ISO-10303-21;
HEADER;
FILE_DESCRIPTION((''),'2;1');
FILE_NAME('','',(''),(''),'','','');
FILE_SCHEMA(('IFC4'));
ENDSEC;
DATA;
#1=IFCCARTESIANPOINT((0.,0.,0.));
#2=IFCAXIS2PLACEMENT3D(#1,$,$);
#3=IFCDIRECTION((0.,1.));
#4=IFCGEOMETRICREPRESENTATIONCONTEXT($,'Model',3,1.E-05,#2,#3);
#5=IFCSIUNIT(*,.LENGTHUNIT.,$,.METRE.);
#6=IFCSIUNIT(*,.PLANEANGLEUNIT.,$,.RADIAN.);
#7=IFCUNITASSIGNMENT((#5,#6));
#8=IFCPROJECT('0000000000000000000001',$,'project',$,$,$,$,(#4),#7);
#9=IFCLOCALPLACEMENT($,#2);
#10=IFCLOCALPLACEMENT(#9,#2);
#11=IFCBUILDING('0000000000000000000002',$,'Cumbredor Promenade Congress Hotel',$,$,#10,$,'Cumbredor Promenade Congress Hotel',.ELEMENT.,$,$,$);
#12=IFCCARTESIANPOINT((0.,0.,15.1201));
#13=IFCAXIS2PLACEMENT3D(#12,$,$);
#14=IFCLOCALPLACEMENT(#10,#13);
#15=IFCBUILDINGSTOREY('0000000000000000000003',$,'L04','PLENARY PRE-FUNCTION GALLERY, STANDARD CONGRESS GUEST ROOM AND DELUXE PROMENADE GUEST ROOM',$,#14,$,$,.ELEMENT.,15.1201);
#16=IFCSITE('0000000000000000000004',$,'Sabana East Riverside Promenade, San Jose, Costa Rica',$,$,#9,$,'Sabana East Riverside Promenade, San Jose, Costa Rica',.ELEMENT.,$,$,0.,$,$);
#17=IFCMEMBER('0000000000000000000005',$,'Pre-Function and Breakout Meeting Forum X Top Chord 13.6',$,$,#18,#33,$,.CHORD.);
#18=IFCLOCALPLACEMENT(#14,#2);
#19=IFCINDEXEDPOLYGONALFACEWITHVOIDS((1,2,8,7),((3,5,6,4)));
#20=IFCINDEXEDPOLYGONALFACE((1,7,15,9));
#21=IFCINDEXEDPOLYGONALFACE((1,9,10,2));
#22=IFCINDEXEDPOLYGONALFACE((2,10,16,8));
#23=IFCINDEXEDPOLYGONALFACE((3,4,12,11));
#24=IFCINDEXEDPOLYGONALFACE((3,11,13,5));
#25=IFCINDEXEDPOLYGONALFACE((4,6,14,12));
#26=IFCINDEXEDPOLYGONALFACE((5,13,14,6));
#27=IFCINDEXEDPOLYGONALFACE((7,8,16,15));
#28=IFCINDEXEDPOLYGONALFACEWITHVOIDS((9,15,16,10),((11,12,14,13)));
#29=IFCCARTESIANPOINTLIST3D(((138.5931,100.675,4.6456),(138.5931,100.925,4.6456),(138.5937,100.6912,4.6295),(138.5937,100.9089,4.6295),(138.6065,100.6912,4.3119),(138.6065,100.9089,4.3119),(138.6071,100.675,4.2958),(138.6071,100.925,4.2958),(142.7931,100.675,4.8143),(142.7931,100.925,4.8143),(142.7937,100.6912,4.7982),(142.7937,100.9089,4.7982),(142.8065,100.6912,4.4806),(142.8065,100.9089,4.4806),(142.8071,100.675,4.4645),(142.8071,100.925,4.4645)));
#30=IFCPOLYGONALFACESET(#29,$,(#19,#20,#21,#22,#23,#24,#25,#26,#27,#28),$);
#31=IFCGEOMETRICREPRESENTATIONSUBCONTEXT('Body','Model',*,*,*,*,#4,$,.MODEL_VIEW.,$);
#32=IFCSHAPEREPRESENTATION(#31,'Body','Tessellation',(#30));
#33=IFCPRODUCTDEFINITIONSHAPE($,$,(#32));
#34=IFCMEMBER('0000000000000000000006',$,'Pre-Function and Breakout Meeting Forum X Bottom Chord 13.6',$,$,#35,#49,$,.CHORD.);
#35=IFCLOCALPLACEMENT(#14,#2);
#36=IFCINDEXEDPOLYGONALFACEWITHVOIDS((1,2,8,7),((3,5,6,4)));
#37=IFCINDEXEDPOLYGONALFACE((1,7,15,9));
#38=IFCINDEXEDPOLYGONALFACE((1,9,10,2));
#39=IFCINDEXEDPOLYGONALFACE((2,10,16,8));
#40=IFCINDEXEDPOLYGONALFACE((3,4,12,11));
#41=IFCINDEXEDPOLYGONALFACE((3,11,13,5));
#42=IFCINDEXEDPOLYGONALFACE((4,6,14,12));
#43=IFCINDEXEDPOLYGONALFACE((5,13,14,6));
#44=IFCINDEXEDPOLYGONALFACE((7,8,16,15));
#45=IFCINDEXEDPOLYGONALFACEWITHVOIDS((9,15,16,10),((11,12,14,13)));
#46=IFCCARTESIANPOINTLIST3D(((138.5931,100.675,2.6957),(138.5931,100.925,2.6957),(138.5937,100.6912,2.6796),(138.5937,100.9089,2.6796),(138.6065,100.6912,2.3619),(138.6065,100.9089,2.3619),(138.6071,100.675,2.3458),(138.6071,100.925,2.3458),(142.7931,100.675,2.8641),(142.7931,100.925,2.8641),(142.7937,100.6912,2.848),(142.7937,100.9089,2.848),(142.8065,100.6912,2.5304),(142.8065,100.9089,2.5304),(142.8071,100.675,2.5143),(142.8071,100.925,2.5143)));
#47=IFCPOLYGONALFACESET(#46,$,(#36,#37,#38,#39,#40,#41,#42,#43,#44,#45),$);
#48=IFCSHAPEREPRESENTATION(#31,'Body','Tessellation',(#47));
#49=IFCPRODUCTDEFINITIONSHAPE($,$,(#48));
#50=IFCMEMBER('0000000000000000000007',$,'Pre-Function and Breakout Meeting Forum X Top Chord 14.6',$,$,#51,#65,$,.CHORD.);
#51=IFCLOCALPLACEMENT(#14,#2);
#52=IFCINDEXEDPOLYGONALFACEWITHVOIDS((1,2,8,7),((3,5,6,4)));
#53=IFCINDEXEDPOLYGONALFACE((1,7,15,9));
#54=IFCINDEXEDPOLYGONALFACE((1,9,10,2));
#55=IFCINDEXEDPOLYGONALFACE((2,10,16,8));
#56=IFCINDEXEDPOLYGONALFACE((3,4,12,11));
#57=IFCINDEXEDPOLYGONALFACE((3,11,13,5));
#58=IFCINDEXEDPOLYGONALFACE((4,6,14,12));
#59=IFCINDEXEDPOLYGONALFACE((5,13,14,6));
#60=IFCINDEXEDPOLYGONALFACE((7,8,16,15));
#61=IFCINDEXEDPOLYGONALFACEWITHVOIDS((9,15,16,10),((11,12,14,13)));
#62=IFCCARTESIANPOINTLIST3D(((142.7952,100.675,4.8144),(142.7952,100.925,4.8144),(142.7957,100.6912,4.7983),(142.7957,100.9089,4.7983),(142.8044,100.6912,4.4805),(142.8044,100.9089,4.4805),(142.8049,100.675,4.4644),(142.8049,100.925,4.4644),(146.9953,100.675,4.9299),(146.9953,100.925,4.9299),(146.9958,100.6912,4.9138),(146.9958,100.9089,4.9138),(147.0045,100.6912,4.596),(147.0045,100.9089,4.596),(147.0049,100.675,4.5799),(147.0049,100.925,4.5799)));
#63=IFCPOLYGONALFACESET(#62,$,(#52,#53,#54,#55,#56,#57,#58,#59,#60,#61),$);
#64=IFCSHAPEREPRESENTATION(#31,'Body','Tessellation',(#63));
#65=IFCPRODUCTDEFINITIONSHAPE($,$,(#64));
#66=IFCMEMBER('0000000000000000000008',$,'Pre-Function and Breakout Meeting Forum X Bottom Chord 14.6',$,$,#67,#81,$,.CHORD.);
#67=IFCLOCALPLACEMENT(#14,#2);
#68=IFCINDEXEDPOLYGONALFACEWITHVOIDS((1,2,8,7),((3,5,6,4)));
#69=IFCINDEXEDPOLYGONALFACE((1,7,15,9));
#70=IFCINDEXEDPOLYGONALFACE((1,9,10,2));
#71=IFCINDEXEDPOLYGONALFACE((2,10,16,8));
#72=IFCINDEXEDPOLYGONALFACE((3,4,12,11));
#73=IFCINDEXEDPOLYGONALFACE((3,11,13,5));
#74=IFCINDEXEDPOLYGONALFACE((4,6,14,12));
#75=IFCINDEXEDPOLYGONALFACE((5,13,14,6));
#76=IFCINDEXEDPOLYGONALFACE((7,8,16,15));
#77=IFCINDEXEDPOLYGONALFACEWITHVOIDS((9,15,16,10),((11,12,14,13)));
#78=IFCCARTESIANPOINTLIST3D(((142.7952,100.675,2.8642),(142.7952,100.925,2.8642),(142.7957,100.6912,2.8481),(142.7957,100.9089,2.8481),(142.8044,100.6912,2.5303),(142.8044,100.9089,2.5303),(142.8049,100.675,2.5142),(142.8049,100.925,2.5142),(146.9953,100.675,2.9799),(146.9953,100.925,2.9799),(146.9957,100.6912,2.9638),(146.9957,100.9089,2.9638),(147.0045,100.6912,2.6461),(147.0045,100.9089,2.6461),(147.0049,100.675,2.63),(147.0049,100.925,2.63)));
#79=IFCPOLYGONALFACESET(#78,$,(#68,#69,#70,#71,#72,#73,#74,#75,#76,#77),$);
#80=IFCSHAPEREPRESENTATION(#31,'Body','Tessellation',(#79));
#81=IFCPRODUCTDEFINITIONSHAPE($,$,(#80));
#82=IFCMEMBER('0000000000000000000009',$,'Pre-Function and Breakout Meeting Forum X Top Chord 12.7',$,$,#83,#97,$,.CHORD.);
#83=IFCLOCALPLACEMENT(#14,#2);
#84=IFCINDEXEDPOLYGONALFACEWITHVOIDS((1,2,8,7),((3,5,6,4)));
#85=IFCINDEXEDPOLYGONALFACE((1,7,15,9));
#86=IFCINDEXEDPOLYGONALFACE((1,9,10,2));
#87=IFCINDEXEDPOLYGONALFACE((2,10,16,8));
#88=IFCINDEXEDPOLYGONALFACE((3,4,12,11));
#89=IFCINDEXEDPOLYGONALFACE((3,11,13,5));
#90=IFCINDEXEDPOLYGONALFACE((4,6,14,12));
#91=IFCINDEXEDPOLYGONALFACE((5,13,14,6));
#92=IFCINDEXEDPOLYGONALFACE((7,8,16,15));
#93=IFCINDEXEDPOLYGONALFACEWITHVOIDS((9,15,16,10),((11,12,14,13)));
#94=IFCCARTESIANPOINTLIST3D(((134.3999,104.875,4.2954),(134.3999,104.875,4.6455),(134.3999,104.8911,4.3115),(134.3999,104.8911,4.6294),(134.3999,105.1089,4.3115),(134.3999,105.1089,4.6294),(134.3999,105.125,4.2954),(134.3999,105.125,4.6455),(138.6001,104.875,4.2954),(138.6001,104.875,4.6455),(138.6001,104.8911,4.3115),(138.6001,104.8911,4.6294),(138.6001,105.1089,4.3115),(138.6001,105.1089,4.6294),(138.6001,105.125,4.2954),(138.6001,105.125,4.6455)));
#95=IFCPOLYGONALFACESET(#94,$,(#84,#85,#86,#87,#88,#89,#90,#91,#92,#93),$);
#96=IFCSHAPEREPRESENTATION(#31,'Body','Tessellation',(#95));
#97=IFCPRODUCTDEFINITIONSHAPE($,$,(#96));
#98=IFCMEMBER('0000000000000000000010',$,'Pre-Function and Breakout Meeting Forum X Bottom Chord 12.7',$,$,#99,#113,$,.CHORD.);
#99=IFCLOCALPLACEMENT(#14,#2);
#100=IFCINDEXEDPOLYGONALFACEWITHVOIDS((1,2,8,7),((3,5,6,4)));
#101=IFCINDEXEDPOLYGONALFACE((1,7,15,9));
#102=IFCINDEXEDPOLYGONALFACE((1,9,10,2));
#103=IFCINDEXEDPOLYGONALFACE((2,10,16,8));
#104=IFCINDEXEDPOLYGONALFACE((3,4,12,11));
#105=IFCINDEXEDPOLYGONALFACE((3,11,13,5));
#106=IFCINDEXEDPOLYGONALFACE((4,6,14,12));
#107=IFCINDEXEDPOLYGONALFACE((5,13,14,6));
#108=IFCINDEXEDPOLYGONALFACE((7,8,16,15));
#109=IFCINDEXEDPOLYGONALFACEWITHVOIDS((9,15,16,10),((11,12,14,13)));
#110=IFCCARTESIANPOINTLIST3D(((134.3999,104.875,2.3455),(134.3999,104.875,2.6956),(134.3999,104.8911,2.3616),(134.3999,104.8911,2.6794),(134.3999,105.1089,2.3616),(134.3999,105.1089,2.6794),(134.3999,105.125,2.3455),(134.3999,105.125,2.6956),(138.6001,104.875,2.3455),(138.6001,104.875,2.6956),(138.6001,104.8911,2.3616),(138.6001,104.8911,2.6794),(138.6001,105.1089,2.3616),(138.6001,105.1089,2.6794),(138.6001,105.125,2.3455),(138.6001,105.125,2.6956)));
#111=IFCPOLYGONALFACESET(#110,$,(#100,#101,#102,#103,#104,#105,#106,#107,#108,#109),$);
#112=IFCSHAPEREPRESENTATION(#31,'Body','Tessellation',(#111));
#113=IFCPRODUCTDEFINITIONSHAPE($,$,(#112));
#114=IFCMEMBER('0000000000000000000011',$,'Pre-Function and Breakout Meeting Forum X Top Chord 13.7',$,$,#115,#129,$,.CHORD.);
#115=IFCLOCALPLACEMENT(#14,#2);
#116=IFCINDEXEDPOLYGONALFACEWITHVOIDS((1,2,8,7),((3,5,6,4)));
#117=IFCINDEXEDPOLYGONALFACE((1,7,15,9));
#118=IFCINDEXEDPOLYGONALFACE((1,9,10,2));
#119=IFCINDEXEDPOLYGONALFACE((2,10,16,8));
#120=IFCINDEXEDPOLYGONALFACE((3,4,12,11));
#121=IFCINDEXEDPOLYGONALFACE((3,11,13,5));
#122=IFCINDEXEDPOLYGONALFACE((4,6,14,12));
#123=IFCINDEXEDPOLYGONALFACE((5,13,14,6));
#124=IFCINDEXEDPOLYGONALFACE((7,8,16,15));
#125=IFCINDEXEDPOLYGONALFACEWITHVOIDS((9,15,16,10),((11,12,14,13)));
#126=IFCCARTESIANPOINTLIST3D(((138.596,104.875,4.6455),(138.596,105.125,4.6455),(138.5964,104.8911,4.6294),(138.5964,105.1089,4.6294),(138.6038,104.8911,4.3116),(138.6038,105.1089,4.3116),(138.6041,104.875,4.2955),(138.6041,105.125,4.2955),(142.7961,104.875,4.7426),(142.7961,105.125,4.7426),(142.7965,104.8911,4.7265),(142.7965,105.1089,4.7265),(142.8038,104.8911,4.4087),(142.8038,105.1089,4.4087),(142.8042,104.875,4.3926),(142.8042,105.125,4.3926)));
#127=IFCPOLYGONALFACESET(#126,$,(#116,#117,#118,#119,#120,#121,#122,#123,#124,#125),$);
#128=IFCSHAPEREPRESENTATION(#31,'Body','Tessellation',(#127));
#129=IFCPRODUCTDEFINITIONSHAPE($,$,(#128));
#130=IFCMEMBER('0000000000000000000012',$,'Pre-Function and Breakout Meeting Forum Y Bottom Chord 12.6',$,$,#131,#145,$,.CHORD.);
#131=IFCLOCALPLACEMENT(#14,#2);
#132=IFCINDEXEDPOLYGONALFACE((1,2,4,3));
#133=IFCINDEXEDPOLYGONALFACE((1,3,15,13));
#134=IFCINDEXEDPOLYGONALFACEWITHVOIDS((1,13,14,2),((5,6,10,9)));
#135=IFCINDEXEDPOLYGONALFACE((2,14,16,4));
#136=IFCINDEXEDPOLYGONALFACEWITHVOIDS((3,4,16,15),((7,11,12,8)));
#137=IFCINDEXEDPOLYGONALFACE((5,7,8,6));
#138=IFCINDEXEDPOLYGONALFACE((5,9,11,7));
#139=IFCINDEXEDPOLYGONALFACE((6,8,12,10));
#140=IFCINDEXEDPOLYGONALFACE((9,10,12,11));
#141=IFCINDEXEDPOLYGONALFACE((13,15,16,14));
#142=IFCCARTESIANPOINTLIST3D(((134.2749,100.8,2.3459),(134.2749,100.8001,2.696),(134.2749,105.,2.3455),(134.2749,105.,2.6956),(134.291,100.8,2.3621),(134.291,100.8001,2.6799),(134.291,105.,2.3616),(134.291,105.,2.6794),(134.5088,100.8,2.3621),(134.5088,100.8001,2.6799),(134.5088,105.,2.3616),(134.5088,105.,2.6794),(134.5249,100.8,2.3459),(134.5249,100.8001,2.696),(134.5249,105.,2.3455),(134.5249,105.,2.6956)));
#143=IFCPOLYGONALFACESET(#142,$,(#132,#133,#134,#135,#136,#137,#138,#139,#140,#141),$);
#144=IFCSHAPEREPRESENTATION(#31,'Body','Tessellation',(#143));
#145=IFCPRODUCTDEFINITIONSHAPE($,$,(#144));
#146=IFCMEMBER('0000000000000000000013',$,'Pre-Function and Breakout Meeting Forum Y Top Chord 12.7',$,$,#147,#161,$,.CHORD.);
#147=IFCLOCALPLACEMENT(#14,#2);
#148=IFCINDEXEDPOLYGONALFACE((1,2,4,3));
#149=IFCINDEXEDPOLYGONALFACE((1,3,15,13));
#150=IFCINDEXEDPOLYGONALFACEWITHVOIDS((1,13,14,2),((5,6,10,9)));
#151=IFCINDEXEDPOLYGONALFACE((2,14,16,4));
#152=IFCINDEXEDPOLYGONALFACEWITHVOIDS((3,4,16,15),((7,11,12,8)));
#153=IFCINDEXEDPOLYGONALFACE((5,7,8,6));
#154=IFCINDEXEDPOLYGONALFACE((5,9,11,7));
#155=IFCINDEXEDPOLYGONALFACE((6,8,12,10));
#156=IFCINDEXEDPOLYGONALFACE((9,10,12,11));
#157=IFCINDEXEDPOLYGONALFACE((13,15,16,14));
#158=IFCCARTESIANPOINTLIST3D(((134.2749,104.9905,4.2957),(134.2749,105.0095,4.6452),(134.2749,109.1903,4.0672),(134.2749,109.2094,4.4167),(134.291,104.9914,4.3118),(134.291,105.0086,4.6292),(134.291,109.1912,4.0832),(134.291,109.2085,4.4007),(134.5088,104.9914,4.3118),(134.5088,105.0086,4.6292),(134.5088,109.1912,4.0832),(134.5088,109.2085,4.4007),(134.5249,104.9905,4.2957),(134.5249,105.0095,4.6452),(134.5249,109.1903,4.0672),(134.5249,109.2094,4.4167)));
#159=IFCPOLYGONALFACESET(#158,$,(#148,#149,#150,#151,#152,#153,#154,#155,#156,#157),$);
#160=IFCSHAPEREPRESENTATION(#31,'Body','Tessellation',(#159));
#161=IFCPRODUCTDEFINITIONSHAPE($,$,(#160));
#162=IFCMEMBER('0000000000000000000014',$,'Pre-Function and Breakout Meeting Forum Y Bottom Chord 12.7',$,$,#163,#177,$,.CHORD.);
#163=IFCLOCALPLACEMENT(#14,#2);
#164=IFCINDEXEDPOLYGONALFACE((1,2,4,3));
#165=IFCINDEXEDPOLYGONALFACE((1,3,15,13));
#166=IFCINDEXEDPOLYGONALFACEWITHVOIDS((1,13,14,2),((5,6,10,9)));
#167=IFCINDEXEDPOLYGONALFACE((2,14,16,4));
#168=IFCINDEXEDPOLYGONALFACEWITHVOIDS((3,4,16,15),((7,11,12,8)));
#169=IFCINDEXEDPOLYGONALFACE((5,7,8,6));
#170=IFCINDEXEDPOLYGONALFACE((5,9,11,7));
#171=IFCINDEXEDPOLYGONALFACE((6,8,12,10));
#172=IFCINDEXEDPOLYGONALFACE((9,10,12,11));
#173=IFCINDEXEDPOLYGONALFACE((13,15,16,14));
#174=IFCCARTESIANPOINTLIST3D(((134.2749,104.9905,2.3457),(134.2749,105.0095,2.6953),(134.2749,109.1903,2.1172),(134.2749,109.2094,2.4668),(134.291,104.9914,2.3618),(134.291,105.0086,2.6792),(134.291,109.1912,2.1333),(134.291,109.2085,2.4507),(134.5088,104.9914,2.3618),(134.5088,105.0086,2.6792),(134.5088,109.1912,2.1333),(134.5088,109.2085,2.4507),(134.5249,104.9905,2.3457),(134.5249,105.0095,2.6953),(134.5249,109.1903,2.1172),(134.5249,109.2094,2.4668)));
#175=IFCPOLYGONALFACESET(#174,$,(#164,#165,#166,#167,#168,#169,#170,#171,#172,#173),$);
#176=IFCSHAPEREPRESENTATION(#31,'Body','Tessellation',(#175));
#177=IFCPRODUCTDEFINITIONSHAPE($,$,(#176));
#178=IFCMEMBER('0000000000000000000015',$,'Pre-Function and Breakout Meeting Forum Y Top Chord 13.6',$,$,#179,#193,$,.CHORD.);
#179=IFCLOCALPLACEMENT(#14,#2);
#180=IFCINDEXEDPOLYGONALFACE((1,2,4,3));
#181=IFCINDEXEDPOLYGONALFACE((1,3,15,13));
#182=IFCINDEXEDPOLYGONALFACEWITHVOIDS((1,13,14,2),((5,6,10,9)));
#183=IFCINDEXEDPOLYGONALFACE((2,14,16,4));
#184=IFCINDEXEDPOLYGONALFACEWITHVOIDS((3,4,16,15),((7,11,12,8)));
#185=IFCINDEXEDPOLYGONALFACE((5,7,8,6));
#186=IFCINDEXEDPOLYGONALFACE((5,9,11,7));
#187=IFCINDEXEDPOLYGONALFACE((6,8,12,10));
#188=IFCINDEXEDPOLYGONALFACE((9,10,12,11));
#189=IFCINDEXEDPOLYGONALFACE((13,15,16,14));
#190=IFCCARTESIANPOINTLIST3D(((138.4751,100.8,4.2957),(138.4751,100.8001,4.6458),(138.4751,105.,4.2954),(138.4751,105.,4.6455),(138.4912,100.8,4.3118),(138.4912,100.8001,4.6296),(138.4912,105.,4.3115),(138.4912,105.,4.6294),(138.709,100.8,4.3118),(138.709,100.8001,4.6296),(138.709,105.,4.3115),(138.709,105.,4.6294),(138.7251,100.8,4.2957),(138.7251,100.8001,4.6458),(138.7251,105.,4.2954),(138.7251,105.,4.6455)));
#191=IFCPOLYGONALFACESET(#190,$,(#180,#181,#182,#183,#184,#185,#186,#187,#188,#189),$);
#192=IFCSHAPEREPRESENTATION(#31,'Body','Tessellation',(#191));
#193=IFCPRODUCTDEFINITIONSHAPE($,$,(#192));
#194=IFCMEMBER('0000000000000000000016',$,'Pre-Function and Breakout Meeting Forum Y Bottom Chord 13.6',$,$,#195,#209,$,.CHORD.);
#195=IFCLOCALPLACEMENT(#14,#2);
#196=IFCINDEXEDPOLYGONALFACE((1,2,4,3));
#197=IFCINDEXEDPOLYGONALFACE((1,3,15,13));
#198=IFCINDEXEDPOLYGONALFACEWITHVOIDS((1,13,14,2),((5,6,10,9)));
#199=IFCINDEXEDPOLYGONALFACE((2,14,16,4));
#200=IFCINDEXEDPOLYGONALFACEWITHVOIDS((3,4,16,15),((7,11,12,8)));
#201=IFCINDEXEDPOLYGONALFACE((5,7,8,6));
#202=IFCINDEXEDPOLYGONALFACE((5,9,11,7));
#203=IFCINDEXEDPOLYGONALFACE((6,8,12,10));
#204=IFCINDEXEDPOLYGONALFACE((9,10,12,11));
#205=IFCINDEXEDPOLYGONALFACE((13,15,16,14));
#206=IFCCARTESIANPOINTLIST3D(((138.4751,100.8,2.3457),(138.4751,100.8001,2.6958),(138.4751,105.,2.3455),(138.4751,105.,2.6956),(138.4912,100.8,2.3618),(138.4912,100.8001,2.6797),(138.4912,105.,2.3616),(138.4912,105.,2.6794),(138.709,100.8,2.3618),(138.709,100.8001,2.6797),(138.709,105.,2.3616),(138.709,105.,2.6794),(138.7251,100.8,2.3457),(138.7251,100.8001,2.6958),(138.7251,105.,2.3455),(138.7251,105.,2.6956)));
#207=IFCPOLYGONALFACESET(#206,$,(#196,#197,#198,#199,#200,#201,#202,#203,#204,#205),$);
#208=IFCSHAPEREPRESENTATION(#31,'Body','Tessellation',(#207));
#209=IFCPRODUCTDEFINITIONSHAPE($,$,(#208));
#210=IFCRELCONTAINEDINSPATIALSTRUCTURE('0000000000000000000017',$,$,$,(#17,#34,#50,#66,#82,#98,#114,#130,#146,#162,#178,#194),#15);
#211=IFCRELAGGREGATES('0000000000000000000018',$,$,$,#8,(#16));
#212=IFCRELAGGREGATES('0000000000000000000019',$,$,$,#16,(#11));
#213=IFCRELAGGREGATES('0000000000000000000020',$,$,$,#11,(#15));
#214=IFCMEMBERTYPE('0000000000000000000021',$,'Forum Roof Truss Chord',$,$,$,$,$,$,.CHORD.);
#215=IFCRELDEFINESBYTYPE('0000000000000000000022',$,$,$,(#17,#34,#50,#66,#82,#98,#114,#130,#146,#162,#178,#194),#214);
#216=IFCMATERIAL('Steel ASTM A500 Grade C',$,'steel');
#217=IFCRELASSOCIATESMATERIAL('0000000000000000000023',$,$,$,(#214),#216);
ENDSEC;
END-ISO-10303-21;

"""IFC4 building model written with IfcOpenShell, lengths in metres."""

from ifc_helpers import new_model, si_unit, direction, frame, origin, origin_2d, place, context, subcontext, project, spatial, hollow_rectangle, extrude, material, material_profile, profile_set, type_object, element, save


model = new_model("IFC4")

# Units and contexts
model_context = context("Model", 3, precision=1e-05, world=origin(), true_north=direction((0.0, 1.0)))
body_context = subcontext(model_context, "Body", "Model", "MODEL_VIEW")
ifc_project = project(units=[si_unit("LENGTHUNIT", "METRE"), si_unit("PLANEANGLEUNIT", "RADIAN")], contexts=[model_context])

# Site, building, storey
site_placement = place(None, origin())
site = spatial("IfcSite", under=ifc_project, at=site_placement, Name="Sabana East Riverside Promenade, San Jose, Costa Rica", LongName="Sabana East Riverside Promenade, San Jose, Costa Rica", CompositionType="ELEMENT", RefElevation=0.0)
building_placement = place(site_placement, origin())
building = spatial("IfcBuilding", under=site, at=building_placement, Name="Cumbredor Promenade Congress Hotel", LongName="Cumbredor Promenade Congress Hotel", CompositionType="ELEMENT")
storey_placement = place(building_placement, frame((0.0, 0.0, 15.1201)))
storey = spatial("IfcBuildingStorey", under=building, at=storey_placement, Name="L04", Description="PLENARY PRE-FUNCTION GALLERY, STANDARD CONGRESS GUEST ROOM AND DELUXE PROMENADE GUEST ROOM", CompositionType="ELEMENT", Elevation=15.1201)

# Members
ifc_material_1 = material(Name="Steel ASTM A500 Grade C", Category="steel")
ifc_material_profile_1 = material_profile(ifc_material_1, hollow_rectangle(XDim=0.25, YDim=0.3501, WallThickness=0.0161, at=origin_2d()), Name="HSS 350x250x16")
ifc_profile_set_1 = profile_set([ifc_material_profile_1], Name="Steel ASTM A500 Grade C")
member_type_1 = type_object("IfcMemberType", Name="Forum Roof Truss Chord", PredefinedType="CHORD", material=ifc_profile_set_1)
for number, where, z_axis, x_axis, name in (
    (1, (138.6001, 100.8, 4.4707), (0.999194, 0.0, 0.040135), (0.0, 1.0, 0.0), "Pre-Function and Breakout Meeting Forum X Top Chord 13.6"),
    (2, (138.6001, 100.8, 2.5208), (0.999197, 0.0, 0.040077), (0.0, 1.0, 0.0), "Pre-Function and Breakout Meeting Forum X Bottom Chord 13.6"),
):
    element("IfcMember", number, at=place(storey_placement, frame(where, z_axis=z_axis, x_axis=x_axis)), inside=storey, type_object=member_type_1, Name=name, PredefinedType="CHORD", context=body_context, shape_type="SweptSolid", body=[
        extrude(hollow_rectangle(XDim=0.25, YDim=0.3501, WallThickness=0.0161, at=origin_2d()), origin(), (0.0, 0.0, 1.0), 4.2034),
    ])
for number, where, z_axis, x_axis, name in (
    (3, (142.8, 100.8, 4.6394), (0.999622, 0.0, 0.027485), (0.0, 1.0, 0.0), "Pre-Function and Breakout Meeting Forum X Top Chord 14.6"),
    (4, (142.8, 100.8, 2.6892), (0.999621, 0.0, 0.027543), (0.0, 1.0, 0.0), "Pre-Function and Breakout Meeting Forum X Bottom Chord 14.6"),
):
    element("IfcMember", number, at=place(storey_placement, frame(where, z_axis=z_axis, x_axis=x_axis)), inside=storey, type_object=member_type_1, Name=name, PredefinedType="CHORD", context=body_context, shape_type="SweptSolid", body=[
        extrude(hollow_rectangle(XDim=0.25, YDim=0.3501, WallThickness=0.0161, at=origin_2d()), origin(), (0.0, 0.0, 1.0), 4.2017),
    ])
for number, where, z_axis, x_axis, name in (
    (5, (134.3999, 105.0, 4.4705), (1.0, 0.0, 0.0), (0.0, 1.0, 0.0), "Pre-Function and Breakout Meeting Forum X Top Chord 12.7"),
    (6, (134.3999, 105.0, 2.5205), (1.0, 0.0, 0.0), (0.0, 1.0, 0.0), "Pre-Function and Breakout Meeting Forum X Bottom Chord 12.7"),
):
    element("IfcMember", number, at=place(storey_placement, frame(where, z_axis=z_axis, x_axis=x_axis)), inside=storey, type_object=member_type_1, Name=name, PredefinedType="CHORD", context=body_context, shape_type="SweptSolid", body=[
        extrude(hollow_rectangle(XDim=0.25, YDim=0.3501, WallThickness=0.0161, at=origin_2d()), origin(), (0.0, 0.0, 1.0), 4.2002),
    ])
member_1_placement = place(storey_placement, frame((138.6001, 105.0, 4.4705), z_axis=(0.999732, 0.0, 0.023129), x_axis=(0.0, 1.0, 0.0)))
element("IfcMember", 7, at=member_1_placement, inside=storey, type_object=member_type_1, Name="Pre-Function and Breakout Meeting Forum X Top Chord 13.7", PredefinedType="CHORD", context=body_context, shape_type="SweptSolid", body=[
    extrude(hollow_rectangle(XDim=0.25, YDim=0.3501, WallThickness=0.0161, at=origin_2d()), origin(), (0.0, 0.0, 1.0), 4.2012),
])
member_2_placement = place(storey_placement, frame((134.3999, 100.8, 2.521), z_axis=(0.0, 1.0, -0.000116), x_axis=(-1.0, 0.0, 0.0)))
element("IfcMember", 8, at=member_2_placement, inside=storey, type_object=member_type_1, Name="Pre-Function and Breakout Meeting Forum Y Bottom Chord 12.6", PredefinedType="CHORD", context=body_context, shape_type="SweptSolid", body=[
    extrude(hollow_rectangle(XDim=0.25, YDim=0.3501, WallThickness=0.0161, at=origin_2d()), origin(), (0.0, 0.0, 1.0), 4.2),
])
for number, where, z_axis, x_axis, name in (
    (9, (134.3999, 105.0, 4.4705), (0.0, 0.998523, -0.054329), (-1.0, 0.0, 0.0), "Pre-Function and Breakout Meeting Forum Y Top Chord 12.7"),
    (10, (134.3999, 105.0, 2.5205), (0.0, 0.998523, -0.054329), (-1.0, 0.0, 0.0), "Pre-Function and Breakout Meeting Forum Y Bottom Chord 12.7"),
):
    element("IfcMember", number, at=place(storey_placement, frame(where, z_axis=z_axis, x_axis=x_axis)), inside=storey, type_object=member_type_1, Name=name, PredefinedType="CHORD", context=body_context, shape_type="SweptSolid", body=[
        extrude(hollow_rectangle(XDim=0.25, YDim=0.3501, WallThickness=0.0161, at=origin_2d()), origin(), (0.0, 0.0, 1.0), 4.2061),
    ])
for number, where, z_axis, x_axis, name in (
    (11, (138.6001, 100.8, 4.4707), (0.0, 1.0, -0.000058), (-1.0, 0.0, 0.0), "Pre-Function and Breakout Meeting Forum Y Top Chord 13.6"),
    (12, (138.6001, 100.8, 2.5208), (0.0, 1.0, -0.000058), (-1.0, 0.0, 0.0), "Pre-Function and Breakout Meeting Forum Y Bottom Chord 13.6"),
):
    element("IfcMember", number, at=place(storey_placement, frame(where, z_axis=z_axis, x_axis=x_axis)), inside=storey, type_object=member_type_1, Name=name, PredefinedType="CHORD", context=body_context, shape_type="SweptSolid", body=[
        extrude(hollow_rectangle(XDim=0.25, YDim=0.3501, WallThickness=0.0161, at=origin_2d()), origin(), (0.0, 0.0, 1.0), 4.2),
    ])

save(model, "model.ifc")
